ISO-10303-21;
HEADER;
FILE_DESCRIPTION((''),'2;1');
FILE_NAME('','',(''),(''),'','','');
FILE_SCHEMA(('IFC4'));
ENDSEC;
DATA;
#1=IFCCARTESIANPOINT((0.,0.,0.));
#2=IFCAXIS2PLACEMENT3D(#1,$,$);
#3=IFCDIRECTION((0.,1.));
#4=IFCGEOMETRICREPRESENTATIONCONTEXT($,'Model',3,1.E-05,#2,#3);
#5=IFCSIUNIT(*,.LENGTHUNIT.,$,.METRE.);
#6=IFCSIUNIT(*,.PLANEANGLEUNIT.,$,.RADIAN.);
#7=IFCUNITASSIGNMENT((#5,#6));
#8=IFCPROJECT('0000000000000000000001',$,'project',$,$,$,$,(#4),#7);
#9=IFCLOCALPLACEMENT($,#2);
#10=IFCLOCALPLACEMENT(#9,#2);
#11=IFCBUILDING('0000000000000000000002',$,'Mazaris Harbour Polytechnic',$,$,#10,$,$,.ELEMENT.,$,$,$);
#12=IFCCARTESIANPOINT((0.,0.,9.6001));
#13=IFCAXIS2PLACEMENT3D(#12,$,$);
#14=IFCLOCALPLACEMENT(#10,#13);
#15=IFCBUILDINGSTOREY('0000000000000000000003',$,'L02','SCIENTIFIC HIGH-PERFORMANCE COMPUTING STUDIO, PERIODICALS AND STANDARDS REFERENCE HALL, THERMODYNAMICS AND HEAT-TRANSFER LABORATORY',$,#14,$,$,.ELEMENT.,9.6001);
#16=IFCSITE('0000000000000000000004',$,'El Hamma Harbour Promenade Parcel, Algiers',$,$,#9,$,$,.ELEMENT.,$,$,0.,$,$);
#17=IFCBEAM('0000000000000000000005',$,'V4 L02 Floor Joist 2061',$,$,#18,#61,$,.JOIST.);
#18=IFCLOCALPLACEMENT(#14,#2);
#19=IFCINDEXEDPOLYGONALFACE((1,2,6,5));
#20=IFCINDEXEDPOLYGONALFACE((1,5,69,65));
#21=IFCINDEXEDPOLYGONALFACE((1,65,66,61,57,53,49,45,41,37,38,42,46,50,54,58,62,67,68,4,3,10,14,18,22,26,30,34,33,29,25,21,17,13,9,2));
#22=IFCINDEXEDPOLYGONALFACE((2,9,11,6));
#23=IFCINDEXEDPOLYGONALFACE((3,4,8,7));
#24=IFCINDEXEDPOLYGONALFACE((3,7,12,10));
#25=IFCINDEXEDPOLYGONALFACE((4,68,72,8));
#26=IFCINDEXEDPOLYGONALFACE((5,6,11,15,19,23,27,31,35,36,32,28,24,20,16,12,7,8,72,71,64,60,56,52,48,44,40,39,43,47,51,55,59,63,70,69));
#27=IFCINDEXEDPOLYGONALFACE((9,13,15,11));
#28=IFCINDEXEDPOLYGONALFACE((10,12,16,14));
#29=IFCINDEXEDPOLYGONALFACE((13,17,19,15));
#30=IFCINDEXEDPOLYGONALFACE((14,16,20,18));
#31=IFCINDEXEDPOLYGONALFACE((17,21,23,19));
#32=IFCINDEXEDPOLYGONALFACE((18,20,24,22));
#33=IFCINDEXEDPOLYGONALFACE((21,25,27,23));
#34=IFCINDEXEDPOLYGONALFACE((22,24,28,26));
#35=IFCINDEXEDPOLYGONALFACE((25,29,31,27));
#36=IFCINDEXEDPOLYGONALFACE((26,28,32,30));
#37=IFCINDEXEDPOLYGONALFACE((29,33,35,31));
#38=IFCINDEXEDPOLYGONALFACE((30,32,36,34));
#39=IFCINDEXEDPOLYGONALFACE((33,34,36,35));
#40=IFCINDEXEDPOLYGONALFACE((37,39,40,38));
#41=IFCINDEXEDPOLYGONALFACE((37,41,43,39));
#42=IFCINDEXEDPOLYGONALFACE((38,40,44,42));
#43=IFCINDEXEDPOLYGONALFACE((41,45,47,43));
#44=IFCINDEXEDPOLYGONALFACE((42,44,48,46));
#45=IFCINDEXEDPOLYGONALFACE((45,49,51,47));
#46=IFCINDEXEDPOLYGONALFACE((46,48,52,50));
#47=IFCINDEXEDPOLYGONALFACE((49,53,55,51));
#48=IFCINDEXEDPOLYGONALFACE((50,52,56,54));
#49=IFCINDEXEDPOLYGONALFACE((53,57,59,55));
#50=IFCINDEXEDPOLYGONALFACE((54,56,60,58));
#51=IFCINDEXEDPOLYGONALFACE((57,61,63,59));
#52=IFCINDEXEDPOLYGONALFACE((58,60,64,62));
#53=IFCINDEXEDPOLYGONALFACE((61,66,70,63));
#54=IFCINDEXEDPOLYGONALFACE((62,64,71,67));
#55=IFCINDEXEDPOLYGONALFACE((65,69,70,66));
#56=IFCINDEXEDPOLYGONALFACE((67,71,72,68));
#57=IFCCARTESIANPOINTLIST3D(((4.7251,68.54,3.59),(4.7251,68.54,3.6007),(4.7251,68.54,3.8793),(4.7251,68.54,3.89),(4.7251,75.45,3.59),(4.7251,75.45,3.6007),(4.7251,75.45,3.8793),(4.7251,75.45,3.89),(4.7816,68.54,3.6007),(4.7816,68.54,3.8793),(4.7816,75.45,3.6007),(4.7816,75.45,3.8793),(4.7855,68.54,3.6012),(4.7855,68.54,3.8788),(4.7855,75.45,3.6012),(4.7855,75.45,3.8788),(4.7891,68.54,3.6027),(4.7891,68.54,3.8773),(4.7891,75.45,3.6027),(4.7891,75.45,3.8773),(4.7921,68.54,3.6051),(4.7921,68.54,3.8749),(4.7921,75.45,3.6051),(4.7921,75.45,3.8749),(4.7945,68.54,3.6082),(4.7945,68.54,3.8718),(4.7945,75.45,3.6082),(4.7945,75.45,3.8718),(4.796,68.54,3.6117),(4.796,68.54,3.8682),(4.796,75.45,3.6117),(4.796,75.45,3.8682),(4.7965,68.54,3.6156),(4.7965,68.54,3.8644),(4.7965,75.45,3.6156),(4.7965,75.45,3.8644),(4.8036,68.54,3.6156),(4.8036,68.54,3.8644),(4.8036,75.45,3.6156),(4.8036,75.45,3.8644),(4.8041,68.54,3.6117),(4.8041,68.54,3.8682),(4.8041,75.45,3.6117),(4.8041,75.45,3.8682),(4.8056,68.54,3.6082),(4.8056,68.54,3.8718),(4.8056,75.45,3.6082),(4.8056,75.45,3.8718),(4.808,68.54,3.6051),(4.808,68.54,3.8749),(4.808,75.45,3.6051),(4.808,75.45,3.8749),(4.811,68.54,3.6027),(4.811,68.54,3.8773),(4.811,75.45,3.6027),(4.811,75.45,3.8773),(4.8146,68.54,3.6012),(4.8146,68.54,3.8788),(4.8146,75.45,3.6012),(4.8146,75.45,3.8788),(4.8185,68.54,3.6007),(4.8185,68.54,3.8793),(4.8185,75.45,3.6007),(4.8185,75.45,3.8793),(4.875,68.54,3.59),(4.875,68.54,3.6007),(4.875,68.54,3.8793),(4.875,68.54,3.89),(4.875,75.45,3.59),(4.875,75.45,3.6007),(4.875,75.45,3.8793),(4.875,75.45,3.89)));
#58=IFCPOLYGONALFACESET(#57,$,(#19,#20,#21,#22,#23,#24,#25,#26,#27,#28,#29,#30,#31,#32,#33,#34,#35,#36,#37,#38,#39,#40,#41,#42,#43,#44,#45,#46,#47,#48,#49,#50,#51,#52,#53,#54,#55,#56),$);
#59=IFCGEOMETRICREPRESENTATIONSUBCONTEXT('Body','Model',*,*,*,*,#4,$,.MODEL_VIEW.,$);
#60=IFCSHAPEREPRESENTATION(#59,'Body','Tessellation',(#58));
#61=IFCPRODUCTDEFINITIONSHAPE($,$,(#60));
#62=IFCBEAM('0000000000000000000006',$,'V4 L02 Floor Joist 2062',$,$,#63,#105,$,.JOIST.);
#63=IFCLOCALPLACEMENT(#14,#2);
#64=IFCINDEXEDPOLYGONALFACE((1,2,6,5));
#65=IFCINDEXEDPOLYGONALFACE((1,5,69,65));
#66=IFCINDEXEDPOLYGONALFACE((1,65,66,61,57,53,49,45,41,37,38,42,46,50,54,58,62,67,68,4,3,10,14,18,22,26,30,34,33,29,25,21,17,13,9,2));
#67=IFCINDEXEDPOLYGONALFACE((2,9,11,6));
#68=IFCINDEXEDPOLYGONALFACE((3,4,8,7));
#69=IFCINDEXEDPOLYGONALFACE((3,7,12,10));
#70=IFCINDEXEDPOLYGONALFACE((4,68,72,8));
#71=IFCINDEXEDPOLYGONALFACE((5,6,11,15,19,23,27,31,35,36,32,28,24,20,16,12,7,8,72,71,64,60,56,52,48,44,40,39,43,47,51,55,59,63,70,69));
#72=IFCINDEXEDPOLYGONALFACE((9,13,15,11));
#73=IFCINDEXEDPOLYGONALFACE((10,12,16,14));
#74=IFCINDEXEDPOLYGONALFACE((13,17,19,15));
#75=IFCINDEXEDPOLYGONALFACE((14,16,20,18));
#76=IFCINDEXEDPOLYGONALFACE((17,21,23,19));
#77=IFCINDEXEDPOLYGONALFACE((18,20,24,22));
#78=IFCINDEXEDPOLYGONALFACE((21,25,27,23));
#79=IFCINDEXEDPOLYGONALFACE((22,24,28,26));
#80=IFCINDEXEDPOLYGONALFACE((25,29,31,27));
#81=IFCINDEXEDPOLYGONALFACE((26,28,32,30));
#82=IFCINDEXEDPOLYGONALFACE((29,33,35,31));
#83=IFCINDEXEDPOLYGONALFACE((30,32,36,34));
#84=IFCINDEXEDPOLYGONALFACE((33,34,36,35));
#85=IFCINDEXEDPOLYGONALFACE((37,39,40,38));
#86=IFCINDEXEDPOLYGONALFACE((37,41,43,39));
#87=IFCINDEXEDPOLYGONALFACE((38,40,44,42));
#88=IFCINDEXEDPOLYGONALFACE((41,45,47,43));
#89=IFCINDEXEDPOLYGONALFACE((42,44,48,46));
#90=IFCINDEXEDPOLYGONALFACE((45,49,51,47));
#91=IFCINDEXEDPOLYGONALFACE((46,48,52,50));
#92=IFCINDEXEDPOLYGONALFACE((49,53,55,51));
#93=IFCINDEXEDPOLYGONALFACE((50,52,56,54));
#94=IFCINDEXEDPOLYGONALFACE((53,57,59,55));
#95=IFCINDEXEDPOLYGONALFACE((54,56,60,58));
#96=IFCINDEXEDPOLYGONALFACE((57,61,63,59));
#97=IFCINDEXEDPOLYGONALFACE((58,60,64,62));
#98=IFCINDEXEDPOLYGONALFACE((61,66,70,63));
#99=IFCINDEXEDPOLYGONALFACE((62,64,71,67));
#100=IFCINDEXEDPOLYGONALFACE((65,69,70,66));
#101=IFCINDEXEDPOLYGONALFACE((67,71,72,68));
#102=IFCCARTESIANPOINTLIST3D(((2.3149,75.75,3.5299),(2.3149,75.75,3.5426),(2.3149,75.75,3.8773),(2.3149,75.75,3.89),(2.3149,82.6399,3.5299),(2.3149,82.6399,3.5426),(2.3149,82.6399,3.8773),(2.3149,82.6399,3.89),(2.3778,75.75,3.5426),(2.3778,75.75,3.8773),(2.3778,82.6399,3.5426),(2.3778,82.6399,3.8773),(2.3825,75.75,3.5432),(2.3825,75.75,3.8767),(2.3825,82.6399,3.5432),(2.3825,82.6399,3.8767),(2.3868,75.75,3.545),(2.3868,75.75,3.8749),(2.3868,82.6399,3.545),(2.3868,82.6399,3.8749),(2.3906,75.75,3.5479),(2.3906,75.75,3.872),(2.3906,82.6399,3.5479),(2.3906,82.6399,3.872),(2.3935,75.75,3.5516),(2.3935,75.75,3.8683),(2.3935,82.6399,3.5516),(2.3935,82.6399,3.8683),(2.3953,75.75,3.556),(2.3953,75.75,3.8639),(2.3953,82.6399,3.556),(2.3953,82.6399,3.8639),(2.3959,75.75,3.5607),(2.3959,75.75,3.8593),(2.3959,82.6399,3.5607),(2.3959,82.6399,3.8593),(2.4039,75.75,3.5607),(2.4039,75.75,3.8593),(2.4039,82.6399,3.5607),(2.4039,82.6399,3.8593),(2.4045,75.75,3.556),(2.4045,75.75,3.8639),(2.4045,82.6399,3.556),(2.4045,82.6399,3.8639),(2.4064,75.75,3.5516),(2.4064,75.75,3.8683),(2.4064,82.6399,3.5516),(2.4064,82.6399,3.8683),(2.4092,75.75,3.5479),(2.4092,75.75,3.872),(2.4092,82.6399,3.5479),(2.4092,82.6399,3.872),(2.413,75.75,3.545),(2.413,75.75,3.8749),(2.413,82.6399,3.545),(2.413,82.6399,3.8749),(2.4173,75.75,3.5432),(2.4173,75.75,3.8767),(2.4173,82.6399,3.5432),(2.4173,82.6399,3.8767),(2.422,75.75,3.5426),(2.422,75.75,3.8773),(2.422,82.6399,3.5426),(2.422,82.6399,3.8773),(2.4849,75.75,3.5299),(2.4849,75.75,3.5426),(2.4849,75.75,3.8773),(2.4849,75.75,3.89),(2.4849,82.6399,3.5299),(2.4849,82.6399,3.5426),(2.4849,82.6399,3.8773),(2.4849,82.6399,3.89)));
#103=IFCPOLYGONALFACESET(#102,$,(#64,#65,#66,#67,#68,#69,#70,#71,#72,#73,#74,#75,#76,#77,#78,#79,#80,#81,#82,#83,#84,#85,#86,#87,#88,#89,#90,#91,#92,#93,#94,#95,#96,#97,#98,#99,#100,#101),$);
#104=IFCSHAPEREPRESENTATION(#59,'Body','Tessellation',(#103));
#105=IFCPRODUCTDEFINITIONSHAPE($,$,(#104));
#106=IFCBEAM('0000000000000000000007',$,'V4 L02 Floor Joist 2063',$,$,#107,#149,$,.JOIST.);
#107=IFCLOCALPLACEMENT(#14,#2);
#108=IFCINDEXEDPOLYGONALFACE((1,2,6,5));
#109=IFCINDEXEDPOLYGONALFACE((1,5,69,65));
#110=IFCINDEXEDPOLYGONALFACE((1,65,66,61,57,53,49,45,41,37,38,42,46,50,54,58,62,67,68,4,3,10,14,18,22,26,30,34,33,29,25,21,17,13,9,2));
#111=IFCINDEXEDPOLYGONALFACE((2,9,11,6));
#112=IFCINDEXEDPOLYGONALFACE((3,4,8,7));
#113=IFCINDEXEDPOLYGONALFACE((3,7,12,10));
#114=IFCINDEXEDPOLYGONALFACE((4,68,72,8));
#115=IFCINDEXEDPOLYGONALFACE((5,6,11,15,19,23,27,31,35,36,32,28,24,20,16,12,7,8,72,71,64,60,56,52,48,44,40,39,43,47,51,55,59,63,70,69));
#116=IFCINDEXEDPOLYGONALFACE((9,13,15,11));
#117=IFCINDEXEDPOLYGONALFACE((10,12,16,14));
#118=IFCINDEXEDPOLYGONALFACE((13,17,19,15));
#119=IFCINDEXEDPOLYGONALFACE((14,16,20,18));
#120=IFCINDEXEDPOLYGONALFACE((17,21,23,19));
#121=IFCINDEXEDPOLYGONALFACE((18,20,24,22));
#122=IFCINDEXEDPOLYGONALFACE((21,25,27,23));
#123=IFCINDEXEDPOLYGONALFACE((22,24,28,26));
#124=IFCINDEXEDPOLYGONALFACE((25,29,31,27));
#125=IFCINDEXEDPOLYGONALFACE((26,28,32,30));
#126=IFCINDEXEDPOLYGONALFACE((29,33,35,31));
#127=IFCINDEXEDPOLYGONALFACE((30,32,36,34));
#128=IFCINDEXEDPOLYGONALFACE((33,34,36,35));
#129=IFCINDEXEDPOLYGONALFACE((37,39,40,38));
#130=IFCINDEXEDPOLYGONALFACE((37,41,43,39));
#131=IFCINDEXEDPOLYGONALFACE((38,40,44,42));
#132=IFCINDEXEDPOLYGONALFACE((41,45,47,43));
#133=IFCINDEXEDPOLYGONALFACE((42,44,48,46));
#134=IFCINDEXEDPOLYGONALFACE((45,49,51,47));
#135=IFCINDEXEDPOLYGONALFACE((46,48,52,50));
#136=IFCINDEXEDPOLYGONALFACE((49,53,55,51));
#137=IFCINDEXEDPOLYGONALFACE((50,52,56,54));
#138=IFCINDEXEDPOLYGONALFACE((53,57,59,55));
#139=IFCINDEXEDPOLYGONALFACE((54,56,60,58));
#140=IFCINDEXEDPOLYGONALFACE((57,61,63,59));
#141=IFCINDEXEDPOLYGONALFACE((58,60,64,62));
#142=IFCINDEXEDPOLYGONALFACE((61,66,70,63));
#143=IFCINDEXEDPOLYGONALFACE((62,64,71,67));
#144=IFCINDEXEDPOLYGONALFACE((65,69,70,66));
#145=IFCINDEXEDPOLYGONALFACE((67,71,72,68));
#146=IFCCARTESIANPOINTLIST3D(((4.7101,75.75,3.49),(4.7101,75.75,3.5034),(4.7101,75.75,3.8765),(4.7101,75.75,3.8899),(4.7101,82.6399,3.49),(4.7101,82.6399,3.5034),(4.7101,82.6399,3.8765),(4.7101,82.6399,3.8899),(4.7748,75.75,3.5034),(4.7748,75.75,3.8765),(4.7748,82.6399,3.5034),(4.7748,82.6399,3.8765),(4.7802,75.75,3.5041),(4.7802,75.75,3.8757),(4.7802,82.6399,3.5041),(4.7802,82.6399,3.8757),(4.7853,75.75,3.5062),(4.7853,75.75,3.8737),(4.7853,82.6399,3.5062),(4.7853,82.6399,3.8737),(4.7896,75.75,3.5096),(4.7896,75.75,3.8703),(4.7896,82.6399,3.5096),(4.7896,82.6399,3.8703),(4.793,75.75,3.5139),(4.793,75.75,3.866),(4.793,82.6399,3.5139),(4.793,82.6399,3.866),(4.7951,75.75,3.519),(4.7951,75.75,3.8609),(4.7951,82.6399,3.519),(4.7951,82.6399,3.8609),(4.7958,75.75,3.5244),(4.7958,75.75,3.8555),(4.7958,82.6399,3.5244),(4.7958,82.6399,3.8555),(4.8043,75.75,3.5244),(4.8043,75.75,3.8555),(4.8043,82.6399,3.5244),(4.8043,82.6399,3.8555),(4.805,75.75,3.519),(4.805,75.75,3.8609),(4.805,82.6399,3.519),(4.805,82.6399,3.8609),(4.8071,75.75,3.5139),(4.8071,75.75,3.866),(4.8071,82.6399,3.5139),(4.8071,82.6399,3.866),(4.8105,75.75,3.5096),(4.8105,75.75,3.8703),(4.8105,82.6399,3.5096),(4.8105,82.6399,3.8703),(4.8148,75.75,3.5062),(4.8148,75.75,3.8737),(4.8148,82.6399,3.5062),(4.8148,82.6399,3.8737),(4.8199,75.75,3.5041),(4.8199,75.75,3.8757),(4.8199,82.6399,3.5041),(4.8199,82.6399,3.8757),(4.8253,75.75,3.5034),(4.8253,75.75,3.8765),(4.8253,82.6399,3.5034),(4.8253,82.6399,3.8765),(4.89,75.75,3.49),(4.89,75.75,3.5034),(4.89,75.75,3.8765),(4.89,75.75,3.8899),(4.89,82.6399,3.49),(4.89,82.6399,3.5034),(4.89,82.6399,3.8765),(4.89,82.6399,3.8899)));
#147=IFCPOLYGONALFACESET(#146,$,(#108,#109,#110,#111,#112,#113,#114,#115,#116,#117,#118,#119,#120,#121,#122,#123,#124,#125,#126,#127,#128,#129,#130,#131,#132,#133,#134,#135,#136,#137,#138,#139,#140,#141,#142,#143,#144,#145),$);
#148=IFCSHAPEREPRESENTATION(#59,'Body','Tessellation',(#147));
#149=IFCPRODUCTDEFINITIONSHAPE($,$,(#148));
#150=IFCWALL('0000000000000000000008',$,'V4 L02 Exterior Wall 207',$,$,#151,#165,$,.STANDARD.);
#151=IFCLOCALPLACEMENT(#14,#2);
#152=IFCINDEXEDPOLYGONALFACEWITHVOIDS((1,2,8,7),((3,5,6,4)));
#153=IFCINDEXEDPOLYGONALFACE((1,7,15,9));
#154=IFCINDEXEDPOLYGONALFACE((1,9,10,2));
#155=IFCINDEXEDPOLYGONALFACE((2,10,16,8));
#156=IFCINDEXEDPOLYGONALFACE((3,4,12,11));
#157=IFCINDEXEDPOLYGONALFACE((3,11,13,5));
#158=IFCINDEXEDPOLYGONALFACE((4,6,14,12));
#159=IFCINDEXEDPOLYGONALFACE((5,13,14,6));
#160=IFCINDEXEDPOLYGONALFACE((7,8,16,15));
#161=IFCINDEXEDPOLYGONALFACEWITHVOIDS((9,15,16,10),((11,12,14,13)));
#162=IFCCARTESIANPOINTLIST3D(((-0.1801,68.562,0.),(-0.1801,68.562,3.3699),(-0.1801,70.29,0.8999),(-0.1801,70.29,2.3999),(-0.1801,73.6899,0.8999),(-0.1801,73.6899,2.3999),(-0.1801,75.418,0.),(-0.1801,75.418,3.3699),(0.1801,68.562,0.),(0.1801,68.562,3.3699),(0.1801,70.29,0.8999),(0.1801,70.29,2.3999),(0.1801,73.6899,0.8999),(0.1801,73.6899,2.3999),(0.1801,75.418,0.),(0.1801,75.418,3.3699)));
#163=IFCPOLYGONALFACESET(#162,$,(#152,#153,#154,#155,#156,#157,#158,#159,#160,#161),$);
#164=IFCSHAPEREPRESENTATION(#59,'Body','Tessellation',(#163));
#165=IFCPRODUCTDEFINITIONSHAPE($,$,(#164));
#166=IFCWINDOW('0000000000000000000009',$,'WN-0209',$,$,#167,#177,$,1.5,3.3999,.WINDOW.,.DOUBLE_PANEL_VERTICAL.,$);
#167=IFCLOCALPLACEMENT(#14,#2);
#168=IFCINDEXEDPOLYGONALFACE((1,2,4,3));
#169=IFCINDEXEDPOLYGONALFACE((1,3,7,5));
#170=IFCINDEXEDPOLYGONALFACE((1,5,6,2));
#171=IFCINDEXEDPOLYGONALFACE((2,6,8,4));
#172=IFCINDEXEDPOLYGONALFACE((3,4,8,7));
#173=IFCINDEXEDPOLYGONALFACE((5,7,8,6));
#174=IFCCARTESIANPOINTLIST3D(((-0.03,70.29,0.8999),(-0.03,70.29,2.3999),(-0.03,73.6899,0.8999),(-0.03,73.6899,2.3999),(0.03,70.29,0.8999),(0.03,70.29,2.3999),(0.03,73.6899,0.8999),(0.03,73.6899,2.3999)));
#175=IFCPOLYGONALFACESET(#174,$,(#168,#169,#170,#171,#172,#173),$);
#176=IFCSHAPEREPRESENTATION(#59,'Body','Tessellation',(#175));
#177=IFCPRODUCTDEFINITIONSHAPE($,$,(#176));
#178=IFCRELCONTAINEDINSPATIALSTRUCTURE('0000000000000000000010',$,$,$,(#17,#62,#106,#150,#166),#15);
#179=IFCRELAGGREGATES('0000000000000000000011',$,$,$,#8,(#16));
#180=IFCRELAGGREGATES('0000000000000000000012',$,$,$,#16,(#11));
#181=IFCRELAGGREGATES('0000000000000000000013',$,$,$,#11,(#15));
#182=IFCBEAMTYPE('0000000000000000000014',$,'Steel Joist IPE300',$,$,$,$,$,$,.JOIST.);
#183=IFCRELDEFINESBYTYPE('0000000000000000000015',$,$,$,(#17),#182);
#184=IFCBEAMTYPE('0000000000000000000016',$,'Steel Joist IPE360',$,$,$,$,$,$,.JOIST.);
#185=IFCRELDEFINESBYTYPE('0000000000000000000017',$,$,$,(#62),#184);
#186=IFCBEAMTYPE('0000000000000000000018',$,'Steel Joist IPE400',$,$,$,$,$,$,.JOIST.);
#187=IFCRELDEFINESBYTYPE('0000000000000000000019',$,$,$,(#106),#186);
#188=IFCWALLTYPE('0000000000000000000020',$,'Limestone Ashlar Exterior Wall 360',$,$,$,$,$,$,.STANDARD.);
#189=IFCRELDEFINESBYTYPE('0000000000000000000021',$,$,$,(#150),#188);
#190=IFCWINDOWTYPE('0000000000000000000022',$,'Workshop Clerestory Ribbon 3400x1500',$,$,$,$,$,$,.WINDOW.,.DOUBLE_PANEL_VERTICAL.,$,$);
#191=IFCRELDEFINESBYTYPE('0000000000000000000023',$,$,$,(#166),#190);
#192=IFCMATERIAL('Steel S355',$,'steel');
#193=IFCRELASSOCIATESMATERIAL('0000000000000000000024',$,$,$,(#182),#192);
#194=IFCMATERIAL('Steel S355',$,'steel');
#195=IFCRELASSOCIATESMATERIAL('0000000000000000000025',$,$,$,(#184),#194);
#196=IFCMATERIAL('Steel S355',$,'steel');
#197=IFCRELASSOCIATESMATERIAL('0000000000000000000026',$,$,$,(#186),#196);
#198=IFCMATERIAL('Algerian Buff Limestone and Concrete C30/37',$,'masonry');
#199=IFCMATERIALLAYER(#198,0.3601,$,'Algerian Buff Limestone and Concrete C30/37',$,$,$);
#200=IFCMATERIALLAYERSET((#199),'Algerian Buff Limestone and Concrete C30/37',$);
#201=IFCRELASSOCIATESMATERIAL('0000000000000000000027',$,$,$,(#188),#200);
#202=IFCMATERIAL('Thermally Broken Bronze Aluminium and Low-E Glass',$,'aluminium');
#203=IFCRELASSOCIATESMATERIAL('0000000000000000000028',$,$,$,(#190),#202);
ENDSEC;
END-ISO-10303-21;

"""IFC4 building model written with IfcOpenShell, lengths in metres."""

from ifc_helpers import new_model, si_unit, direction, frame, frame_2d, origin, origin_2d, place, context, subcontext, project, spatial, rectangle, i_section, extrude, material, layer, layer_set, material_profile, profile_set, type_object, element, fill, save


model = new_model("IFC4")

# Units and contexts
model_context = context("Model", 3, precision=1e-05, world=origin(), true_north=direction((0.0, 1.0)))
body_context = subcontext(model_context, "Body", "Model", "MODEL_VIEW")
ifc_project = project(units=[si_unit("LENGTHUNIT", "METRE"), si_unit("PLANEANGLEUNIT", "RADIAN")], contexts=[model_context])

# Site, building, storey
site_placement = place(None, origin())
site = spatial("IfcSite", under=ifc_project, at=site_placement, Name="El Hamma Harbour Promenade Parcel, Algiers", CompositionType="ELEMENT", RefElevation=0.0)
building_placement = place(site_placement, origin())
building = spatial("IfcBuilding", under=site, at=building_placement, Name="Mazaris Harbour Polytechnic", CompositionType="ELEMENT")
storey_placement = place(building_placement, frame((0.0, 0.0, 9.6001)))
storey = spatial("IfcBuildingStorey", under=building, at=storey_placement, Name="L02", Description="SCIENTIFIC HIGH-PERFORMANCE COMPUTING STUDIO, PERIODICALS AND STANDARDS REFERENCE HALL, THERMODYNAMICS AND HEAT-TRANSFER LABORATORY", CompositionType="ELEMENT", Elevation=9.6001)

# Beams
ifc_material_1 = material(Name="Steel S355", Category="steel")
ifc_material_profile_1 = material_profile(ifc_material_1, i_section(OverallWidth=0.1499, OverallDepth=0.3, WebThickness=0.0071, FlangeThickness=0.0107, FilletRadius=0.0149, at=origin_2d()), Name="IPE 300")
ifc_profile_set_1 = profile_set([ifc_material_profile_1], Name="Steel S355")
beam_type_1 = type_object("IfcBeamType", Name="Steel Joist IPE300", PredefinedType="JOIST", material=ifc_profile_set_1)
beam_1_placement = place(storey_placement, frame((4.8, 68.54, 3.74), z_axis=(0.0, 1.0, 0.0), x_axis=(-1.0, 0.0, 0.0)))
element("IfcBeam", 1, at=beam_1_placement, inside=storey, type_object=beam_type_1, Name="V4 L02 Floor Joist 2061", PredefinedType="JOIST", context=body_context, shape_type="SweptSolid", body=[
    extrude(i_section(OverallWidth=0.1499, OverallDepth=0.3, WebThickness=0.0071, FlangeThickness=0.0107, FilletRadius=0.0149, at=origin_2d()), origin(), (0.0, 0.0, 1.0), 6.9099),
])
ifc_material_2 = material(Name="Steel S355", Category="steel")
ifc_material_profile_2 = material_profile(ifc_material_2, i_section(OverallWidth=0.1699, OverallDepth=0.3601, WebThickness=0.0081, FlangeThickness=0.0127, FilletRadius=0.0181, at=origin_2d()), Name="IPE 360")
ifc_profile_set_2 = profile_set([ifc_material_profile_2], Name="Steel S355")
beam_type_2 = type_object("IfcBeamType", Name="Steel Joist IPE360", PredefinedType="JOIST", material=ifc_profile_set_2)
beam_2_placement = place(storey_placement, frame((2.3999, 75.75, 3.71), z_axis=(0.0, 1.0, 0.0), x_axis=(-1.0, 0.0, 0.0)))
element("IfcBeam", 2, at=beam_2_placement, inside=storey, type_object=beam_type_2, Name="V4 L02 Floor Joist 2062", PredefinedType="JOIST", context=body_context, shape_type="SweptSolid", body=[
    extrude(i_section(OverallWidth=0.1699, OverallDepth=0.3601, WebThickness=0.0081, FlangeThickness=0.0127, FilletRadius=0.0181, at=origin_2d()), origin(), (0.0, 0.0, 1.0), 6.8899),
])
ifc_material_3 = material(Name="Steel S355", Category="steel")
ifc_material_profile_3 = material_profile(ifc_material_3, i_section(OverallWidth=0.1799, OverallDepth=0.3999, WebThickness=0.0085, FlangeThickness=0.0134, FilletRadius=0.021, at=origin_2d()), Name="IPE 400")
ifc_profile_set_3 = profile_set([ifc_material_profile_3], Name="Steel S355")
beam_type_3 = type_object("IfcBeamType", Name="Steel Joist IPE400", PredefinedType="JOIST", material=ifc_profile_set_3)
beam_3_placement = place(storey_placement, frame((4.8, 75.75, 3.6899), z_axis=(0.0, 1.0, 0.0), x_axis=(-1.0, 0.0, 0.0)))
element("IfcBeam", 3, at=beam_3_placement, inside=storey, type_object=beam_type_3, Name="V4 L02 Floor Joist 2063", PredefinedType="JOIST", context=body_context, shape_type="SweptSolid", body=[
    extrude(i_section(OverallWidth=0.1799, OverallDepth=0.3999, WebThickness=0.0085, FlangeThickness=0.0134, FilletRadius=0.021, at=origin_2d()), origin(), (0.0, 0.0, 1.0), 6.8899),
])

# Wall, opening, window
ifc_material_4 = material(Name="Algerian Buff Limestone and Concrete C30/37", Category="masonry")
ifc_layer_1 = layer(ifc_material_4, 0.3601, Name="Algerian Buff Limestone and Concrete C30/37")
ifc_layer_set_1 = layer_set([ifc_layer_1], Name="Algerian Buff Limestone and Concrete C30/37")
wall_type_1 = type_object("IfcWallType", Name="Limestone Ashlar Exterior Wall 360", PredefinedType="STANDARD", material=ifc_layer_set_1)
wall_1_placement = place(storey_placement, frame((0.0, 68.562, 0.0), z_axis=(0.0, 0.0, 1.0), x_axis=(0.0, 1.0, 0.0)))
wall_1 = element("IfcWall", 4, at=wall_1_placement, inside=storey, type_object=wall_type_1, Name="V4 L02 Exterior Wall 207", PredefinedType="STANDARD", context=body_context, shape_type="SweptSolid", body=[
    extrude(rectangle(XDim=6.856, YDim=0.3601, at=frame_2d((3.428, 0.0))), origin(), (0.0, 0.0, 1.0), 3.3699),
])
opening_placement = place(wall_1_placement, frame((1.728, 0.0, 0.8999)))
opening = element("IfcOpeningElement", 5, at=opening_placement, cuts=wall_1, PredefinedType="OPENING", context=body_context, shape_type="SweptSolid", body=[
    extrude(rectangle(XDim=3.3999, YDim=1.5, at=frame_2d((1.7, 0.75))), frame((0.0, 0.1899, 0.0), z_axis=(0.0, -1.0, 0.0), x_axis=(1.0, 0.0, 0.0)), (0.0, 0.0, 1.0), 0.3801),
])
ifc_material_5 = material(Name="Thermally Broken Bronze Aluminium and Low-E Glass", Category="aluminium")
window_type = type_object("IfcWindowType", Name="Workshop Clerestory Ribbon 3400x1500", PartitioningType="DOUBLE_PANEL_VERTICAL", PredefinedType="WINDOW", material=ifc_material_5)
window_placement = place(opening_placement, origin())
window = element("IfcWindow", 6, at=window_placement, inside=storey, type_object=window_type, Name="WN-0209", OverallHeight=1.5, OverallWidth=3.3999, PartitioningType="DOUBLE_PANEL_VERTICAL", PredefinedType="WINDOW", context=body_context, shape_type="SweptSolid", body=[
    extrude(rectangle(XDim=3.3999, YDim=1.5, at=frame_2d((1.7, 0.75))), frame((0.0, 0.03, 0.0), z_axis=(0.0, -1.0, 0.0), x_axis=(1.0, 0.0, 0.0)), (0.0, 0.0, 1.0), 0.0601),
])
fill(opening, window)

save(model, "model.ifc")
